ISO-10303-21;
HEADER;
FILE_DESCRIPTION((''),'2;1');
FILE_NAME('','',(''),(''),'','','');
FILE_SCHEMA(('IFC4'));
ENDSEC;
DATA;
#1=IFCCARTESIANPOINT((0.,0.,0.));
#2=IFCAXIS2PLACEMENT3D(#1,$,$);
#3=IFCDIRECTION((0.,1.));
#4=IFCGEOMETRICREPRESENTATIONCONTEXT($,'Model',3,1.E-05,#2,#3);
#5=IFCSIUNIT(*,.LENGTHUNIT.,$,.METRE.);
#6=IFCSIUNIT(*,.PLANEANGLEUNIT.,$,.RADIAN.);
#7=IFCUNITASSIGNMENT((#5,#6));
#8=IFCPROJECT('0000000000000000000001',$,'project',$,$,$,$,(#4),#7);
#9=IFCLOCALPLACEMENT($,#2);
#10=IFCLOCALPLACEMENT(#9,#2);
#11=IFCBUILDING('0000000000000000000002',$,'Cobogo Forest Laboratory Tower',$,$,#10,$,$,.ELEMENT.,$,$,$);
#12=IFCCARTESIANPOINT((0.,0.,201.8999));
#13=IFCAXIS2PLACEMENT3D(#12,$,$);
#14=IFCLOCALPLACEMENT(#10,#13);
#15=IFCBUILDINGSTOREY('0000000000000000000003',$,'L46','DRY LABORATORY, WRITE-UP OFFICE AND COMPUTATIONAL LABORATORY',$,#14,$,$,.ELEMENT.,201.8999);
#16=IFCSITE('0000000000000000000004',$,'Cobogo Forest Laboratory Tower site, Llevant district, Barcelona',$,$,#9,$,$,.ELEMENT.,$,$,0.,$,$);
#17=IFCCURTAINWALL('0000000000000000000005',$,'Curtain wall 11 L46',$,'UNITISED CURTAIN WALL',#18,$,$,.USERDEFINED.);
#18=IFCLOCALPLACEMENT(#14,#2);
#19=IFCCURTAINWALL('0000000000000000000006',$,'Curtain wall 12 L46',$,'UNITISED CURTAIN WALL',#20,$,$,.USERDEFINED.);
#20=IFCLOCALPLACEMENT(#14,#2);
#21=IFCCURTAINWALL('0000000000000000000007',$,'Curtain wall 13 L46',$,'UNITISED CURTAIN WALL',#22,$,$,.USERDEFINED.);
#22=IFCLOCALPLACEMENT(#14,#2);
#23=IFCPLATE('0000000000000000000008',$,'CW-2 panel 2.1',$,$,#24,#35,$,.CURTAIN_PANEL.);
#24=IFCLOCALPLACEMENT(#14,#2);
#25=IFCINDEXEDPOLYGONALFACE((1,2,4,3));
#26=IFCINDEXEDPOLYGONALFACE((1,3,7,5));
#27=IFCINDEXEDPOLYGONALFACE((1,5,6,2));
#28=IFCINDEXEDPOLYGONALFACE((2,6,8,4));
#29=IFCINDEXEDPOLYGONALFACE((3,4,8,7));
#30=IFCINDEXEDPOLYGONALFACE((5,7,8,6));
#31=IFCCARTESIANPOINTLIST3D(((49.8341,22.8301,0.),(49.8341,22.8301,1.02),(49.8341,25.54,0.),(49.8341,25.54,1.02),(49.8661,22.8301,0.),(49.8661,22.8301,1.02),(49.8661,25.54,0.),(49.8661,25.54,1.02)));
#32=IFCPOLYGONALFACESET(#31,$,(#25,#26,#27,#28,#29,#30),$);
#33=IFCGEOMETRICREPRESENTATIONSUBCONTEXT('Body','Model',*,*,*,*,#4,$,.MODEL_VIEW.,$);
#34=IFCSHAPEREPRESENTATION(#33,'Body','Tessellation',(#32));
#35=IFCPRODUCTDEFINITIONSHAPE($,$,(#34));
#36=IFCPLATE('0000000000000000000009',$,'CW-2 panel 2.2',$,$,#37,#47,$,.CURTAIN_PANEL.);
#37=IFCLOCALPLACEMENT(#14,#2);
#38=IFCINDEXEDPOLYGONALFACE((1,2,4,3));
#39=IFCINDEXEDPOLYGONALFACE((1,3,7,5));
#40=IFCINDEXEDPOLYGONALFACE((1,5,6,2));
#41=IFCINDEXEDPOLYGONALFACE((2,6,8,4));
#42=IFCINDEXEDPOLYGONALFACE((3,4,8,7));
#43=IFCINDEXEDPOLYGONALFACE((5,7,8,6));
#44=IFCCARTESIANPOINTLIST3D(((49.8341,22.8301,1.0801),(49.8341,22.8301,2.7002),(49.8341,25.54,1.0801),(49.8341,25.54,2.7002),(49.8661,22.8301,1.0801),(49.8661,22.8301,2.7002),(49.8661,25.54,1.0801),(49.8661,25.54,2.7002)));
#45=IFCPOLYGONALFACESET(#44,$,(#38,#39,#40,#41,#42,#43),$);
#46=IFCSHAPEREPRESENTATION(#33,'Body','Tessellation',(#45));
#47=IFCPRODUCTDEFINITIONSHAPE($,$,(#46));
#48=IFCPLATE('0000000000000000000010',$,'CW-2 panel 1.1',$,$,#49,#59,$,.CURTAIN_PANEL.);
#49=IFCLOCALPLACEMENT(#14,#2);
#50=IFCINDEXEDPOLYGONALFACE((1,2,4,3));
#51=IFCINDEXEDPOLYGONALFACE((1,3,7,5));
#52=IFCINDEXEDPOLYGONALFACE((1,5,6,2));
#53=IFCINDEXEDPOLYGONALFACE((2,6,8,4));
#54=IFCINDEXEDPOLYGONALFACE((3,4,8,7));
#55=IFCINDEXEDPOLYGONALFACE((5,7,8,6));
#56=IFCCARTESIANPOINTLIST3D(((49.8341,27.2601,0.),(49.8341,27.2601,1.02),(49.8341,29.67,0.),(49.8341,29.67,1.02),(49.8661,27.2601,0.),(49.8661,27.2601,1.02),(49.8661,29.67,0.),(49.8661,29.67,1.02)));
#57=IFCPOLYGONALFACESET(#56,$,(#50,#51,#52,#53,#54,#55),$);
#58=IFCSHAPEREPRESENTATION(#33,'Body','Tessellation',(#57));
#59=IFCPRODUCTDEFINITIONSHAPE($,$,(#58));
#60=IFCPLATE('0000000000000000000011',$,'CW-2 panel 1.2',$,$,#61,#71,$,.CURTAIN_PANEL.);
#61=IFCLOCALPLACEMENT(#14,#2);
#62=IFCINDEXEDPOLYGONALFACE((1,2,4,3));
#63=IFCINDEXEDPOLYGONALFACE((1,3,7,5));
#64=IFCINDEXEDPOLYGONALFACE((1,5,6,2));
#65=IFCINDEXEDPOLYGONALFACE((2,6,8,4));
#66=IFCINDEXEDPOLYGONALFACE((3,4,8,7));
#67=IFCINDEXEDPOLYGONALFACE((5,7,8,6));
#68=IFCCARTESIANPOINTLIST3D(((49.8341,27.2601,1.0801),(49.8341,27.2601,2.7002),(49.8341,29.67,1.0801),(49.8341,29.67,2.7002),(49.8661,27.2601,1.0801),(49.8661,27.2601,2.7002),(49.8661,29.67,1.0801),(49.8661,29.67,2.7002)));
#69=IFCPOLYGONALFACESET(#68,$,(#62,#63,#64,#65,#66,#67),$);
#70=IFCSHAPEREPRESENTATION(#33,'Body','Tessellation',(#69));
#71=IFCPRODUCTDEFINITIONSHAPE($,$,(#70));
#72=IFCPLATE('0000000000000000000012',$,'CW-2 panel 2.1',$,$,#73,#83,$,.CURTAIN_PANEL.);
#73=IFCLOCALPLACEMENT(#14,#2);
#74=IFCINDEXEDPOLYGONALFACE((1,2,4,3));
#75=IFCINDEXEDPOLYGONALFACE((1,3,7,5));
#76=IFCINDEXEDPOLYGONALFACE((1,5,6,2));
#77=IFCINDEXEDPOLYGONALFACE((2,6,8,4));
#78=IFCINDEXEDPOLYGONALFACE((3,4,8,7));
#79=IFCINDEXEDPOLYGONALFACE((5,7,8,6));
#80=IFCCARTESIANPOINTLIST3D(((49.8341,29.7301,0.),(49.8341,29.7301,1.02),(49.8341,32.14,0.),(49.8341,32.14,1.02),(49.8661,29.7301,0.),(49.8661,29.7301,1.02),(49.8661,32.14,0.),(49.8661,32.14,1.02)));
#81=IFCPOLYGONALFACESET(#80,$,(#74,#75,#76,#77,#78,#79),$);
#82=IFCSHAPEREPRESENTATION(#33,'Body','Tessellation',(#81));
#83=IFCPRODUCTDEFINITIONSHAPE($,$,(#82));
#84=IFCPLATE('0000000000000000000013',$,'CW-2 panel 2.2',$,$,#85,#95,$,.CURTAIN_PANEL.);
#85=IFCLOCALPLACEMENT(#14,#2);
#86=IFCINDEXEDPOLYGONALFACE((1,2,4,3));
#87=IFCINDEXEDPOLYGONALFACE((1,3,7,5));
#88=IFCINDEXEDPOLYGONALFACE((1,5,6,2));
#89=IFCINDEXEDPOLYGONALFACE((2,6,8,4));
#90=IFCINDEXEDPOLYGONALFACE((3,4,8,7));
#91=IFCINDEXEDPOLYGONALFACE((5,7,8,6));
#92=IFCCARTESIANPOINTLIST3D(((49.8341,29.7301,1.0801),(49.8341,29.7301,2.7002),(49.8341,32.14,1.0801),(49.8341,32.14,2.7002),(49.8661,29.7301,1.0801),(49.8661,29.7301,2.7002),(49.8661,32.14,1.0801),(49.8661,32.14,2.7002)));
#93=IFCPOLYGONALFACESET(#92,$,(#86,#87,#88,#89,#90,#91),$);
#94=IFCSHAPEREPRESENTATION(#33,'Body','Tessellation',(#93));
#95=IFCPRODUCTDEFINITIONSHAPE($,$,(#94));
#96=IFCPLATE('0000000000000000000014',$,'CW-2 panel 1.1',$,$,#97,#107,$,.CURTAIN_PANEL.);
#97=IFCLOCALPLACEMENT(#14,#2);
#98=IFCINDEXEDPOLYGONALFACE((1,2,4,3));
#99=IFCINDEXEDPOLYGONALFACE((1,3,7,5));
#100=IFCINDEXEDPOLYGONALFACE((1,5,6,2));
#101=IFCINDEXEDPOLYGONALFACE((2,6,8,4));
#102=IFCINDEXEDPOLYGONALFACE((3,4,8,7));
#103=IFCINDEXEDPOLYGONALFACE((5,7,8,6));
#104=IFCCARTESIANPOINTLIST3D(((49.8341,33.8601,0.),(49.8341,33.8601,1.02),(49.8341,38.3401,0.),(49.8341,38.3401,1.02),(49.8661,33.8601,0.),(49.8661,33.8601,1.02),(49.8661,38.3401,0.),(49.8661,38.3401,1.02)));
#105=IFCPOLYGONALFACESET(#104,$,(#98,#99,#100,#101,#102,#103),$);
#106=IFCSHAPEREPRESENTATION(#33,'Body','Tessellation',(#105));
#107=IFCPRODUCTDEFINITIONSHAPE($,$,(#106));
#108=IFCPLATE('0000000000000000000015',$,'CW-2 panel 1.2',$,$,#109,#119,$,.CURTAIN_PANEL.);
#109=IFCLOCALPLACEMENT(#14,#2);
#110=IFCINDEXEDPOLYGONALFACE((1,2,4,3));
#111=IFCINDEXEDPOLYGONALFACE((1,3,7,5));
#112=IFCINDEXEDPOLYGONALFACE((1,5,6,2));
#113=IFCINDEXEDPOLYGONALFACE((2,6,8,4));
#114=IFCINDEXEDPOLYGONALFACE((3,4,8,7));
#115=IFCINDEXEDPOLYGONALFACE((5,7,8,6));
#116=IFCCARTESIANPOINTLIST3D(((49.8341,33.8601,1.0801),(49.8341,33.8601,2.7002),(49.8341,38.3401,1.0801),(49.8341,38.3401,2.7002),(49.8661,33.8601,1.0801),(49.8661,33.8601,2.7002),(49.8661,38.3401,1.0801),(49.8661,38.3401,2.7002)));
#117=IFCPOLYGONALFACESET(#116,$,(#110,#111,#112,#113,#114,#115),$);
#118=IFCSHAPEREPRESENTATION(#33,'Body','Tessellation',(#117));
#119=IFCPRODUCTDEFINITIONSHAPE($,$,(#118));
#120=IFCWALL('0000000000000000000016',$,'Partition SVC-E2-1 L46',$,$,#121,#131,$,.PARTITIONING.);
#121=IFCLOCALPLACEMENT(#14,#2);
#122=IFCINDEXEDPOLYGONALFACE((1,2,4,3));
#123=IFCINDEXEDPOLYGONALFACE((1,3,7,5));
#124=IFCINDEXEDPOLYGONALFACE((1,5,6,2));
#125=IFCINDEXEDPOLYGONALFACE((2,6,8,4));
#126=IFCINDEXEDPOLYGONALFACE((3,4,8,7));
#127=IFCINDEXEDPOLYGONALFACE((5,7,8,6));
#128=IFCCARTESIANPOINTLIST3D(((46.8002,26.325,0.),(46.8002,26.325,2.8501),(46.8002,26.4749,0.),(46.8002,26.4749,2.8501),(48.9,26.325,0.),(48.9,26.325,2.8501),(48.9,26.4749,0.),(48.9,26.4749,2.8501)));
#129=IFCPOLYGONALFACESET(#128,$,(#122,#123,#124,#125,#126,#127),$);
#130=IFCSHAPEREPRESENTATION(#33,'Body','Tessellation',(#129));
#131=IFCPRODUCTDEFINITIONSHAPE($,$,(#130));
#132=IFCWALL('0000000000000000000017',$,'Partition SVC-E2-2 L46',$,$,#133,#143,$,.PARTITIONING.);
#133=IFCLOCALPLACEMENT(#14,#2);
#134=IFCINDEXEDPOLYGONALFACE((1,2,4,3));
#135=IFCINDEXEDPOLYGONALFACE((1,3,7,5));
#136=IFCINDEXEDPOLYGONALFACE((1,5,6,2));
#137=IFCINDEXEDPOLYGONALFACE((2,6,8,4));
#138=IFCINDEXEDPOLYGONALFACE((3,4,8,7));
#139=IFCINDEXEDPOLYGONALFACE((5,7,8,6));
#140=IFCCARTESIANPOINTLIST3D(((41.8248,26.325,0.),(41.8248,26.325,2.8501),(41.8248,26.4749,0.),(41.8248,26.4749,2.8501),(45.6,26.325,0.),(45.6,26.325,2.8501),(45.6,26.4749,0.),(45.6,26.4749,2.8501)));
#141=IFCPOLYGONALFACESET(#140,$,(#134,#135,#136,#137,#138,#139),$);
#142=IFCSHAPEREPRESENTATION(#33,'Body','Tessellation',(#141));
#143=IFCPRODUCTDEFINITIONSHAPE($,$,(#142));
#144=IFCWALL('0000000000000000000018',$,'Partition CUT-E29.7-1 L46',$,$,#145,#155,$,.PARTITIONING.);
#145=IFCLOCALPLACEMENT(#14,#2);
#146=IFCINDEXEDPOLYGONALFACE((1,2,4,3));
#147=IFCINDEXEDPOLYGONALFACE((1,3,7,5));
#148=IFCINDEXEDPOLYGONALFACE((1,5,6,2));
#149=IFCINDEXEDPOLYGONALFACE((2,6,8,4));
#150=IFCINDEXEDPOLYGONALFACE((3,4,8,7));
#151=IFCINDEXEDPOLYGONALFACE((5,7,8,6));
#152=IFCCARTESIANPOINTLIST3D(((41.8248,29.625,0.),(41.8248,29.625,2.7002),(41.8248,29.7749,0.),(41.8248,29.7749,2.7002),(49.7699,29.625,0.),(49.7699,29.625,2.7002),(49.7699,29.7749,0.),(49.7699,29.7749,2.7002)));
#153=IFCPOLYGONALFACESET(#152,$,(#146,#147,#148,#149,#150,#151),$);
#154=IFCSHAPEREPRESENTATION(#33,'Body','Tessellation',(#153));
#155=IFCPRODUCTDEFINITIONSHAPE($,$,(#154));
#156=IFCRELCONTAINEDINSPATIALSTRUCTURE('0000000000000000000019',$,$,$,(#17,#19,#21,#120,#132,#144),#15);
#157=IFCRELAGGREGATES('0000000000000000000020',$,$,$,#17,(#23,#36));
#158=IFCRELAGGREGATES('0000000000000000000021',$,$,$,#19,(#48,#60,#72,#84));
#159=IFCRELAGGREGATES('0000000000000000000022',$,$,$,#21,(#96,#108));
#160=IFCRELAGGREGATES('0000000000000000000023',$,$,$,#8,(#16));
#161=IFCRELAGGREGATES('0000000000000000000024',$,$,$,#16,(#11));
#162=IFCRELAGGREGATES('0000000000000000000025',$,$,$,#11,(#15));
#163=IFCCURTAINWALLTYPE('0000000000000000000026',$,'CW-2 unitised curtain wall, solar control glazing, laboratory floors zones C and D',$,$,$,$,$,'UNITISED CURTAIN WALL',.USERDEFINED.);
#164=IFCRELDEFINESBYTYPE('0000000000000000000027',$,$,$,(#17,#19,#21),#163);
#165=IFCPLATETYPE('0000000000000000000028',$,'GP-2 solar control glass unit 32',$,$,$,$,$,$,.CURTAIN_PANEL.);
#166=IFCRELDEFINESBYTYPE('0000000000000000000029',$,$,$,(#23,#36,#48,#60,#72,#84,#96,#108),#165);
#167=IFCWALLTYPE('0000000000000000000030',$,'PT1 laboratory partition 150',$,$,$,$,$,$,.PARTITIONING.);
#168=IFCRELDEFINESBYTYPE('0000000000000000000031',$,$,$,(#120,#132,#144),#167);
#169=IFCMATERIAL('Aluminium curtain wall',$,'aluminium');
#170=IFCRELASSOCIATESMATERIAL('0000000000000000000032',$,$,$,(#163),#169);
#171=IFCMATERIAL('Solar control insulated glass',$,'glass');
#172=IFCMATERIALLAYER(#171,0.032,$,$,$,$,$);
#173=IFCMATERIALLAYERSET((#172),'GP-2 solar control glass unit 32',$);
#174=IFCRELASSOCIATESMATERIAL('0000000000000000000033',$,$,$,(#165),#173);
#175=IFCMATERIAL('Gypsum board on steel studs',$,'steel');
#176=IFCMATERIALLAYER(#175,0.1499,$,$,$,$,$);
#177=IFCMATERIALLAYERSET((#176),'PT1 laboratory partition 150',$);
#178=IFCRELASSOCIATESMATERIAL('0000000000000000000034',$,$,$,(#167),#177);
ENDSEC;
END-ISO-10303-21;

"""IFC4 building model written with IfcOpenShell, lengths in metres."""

from ifc_helpers import new_model, si_unit, direction, frame, frame_2d, origin, origin_2d, place, context, subcontext, project, spatial, rectangle, extrude, material, layer, layer_set, type_object, element, aggregate, save


model = new_model("IFC4")

# Units and contexts
model_context = context("Model", 3, precision=1e-05, world=origin(), true_north=direction((0.0, 1.0)))
body_context = subcontext(model_context, "Body", "Model", "MODEL_VIEW")
ifc_project = project(units=[si_unit("LENGTHUNIT", "METRE"), si_unit("PLANEANGLEUNIT", "RADIAN")], contexts=[model_context])

# Site, building, storey
site_placement = place(None, origin())
site = spatial("IfcSite", under=ifc_project, at=site_placement, Name="Cobogo Forest Laboratory Tower site, Llevant district, Barcelona", CompositionType="ELEMENT", RefElevation=0.0)
building_placement = place(site_placement, origin())
building = spatial("IfcBuilding", under=site, at=building_placement, Name="Cobogo Forest Laboratory Tower", CompositionType="ELEMENT")
storey_placement = place(building_placement, frame((0.0, 0.0, 201.8999)))
storey = spatial("IfcBuildingStorey", under=building, at=storey_placement, Name="L46", Description="DRY LABORATORY, WRITE-UP OFFICE AND COMPUTATIONAL LABORATORY", CompositionType="ELEMENT", Elevation=201.8999)

# Curtain wall
ifc_material_1 = material(Name="Aluminium curtain wall", Category="aluminium")
curtain_wall_type = type_object("IfcCurtainWallType", Name="CW-2 unitised curtain wall, solar control glazing, laboratory floors zones C and D", ElementType="UNITISED CURTAIN WALL", PredefinedType="USERDEFINED", material=ifc_material_1)
curtain_wall_1_placement = place(storey_placement, origin())
curtain_wall_1 = element("IfcCurtainWall", 1, at=curtain_wall_1_placement, inside=storey, type_object=curtain_wall_type, Name="Curtain wall 11 L46", ObjectType="UNITISED CURTAIN WALL", PredefinedType="USERDEFINED")

# Curtain wall
curtain_wall_2_placement = place(storey_placement, origin())
curtain_wall_2 = element("IfcCurtainWall", 2, at=curtain_wall_2_placement, inside=storey, type_object=curtain_wall_type, Name="Curtain wall 12 L46", ObjectType="UNITISED CURTAIN WALL", PredefinedType="USERDEFINED")

# Curtain wall
curtain_wall_3_placement = place(storey_placement, origin())
curtain_wall_3 = element("IfcCurtainWall", 3, at=curtain_wall_3_placement, inside=storey, type_object=curtain_wall_type, Name="Curtain wall 13 L46", ObjectType="UNITISED CURTAIN WALL", PredefinedType="USERDEFINED")

# Plates
ifc_material_2 = material(Name="Solar control insulated glass", Category="glass")
ifc_layer_1 = layer(ifc_material_2, 0.032)
ifc_layer_set_1 = layer_set([ifc_layer_1], Name="GP-2 solar control glass unit 32")
plate_type_1 = type_object("IfcPlateType", Name="GP-2 solar control glass unit 32", PredefinedType="CURTAIN_PANEL", material=ifc_layer_set_1)
plate_1_placement = place(storey_placement, frame((49.8501, 24.1851, 0.0), z_axis=(0.0, 0.0, 1.0), x_axis=(0.0, 1.0, 0.0)))
plate_1 = element("IfcPlate", 4, at=plate_1_placement, type_object=plate_type_1, Name="CW-2 panel 2.1", PredefinedType="CURTAIN_PANEL", context=body_context, shape_type="SweptSolid", body=[
    extrude(rectangle(XDim=2.71, YDim=0.032, at=origin_2d()), origin(), (0.0, 0.0, 1.0), 1.02),
])
plate_2_placement = place(storey_placement, frame((49.8501, 24.1851, 1.0801), z_axis=(0.0, 0.0, 1.0), x_axis=(0.0, 1.0, 0.0)))
plate_2 = element("IfcPlate", 5, at=plate_2_placement, type_object=plate_type_1, Name="CW-2 panel 2.2", PredefinedType="CURTAIN_PANEL", context=body_context, shape_type="SweptSolid", body=[
    extrude(rectangle(XDim=2.71, YDim=0.032, at=origin_2d()), origin(), (0.0, 0.0, 1.0), 1.6201),
])
aggregate(curtain_wall_1, [plate_1, plate_2])
plate_3_placement = place(storey_placement, frame((49.8501, 28.4651, 0.0), z_axis=(0.0, 0.0, 1.0), x_axis=(0.0, 1.0, 0.0)))
plate_3 = element("IfcPlate", 6, at=plate_3_placement, type_object=plate_type_1, Name="CW-2 panel 1.1", PredefinedType="CURTAIN_PANEL", context=body_context, shape_type="SweptSolid", body=[
    extrude(rectangle(XDim=2.4099, YDim=0.032, at=origin_2d()), origin(), (0.0, 0.0, 1.0), 1.02),
])
plate_4_placement = place(storey_placement, frame((49.8501, 28.4651, 1.0801), z_axis=(0.0, 0.0, 1.0), x_axis=(0.0, 1.0, 0.0)))
plate_4 = element("IfcPlate", 7, at=plate_4_placement, type_object=plate_type_1, Name="CW-2 panel 1.2", PredefinedType="CURTAIN_PANEL", context=body_context, shape_type="SweptSolid", body=[
    extrude(rectangle(XDim=2.4099, YDim=0.032, at=origin_2d()), origin(), (0.0, 0.0, 1.0), 1.6201),
])
plate_5_placement = place(storey_placement, frame((49.8501, 30.9351, 0.0), z_axis=(0.0, 0.0, 1.0), x_axis=(0.0, 1.0, 0.0)))
plate_5 = element("IfcPlate", 8, at=plate_5_placement, type_object=plate_type_1, Name="CW-2 panel 2.1", PredefinedType="CURTAIN_PANEL", context=body_context, shape_type="SweptSolid", body=[
    extrude(rectangle(XDim=2.4099, YDim=0.032, at=origin_2d()), origin(), (0.0, 0.0, 1.0), 1.02),
])
plate_6_placement = place(storey_placement, frame((49.8501, 30.9351, 1.0801), z_axis=(0.0, 0.0, 1.0), x_axis=(0.0, 1.0, 0.0)))
plate_6 = element("IfcPlate", 9, at=plate_6_placement, type_object=plate_type_1, Name="CW-2 panel 2.2", PredefinedType="CURTAIN_PANEL", context=body_context, shape_type="SweptSolid", body=[
    extrude(rectangle(XDim=2.4099, YDim=0.032, at=origin_2d()), origin(), (0.0, 0.0, 1.0), 1.6201),
])
aggregate(curtain_wall_2, [plate_3, plate_4, plate_5, plate_6])
plate_7_placement = place(storey_placement, frame((49.8501, 36.1001, 0.0), z_axis=(0.0, 0.0, 1.0), x_axis=(0.0, 1.0, 0.0)))
plate_7 = element("IfcPlate", 10, at=plate_7_placement, type_object=plate_type_1, Name="CW-2 panel 1.1", PredefinedType="CURTAIN_PANEL", context=body_context, shape_type="SweptSolid", body=[
    extrude(rectangle(XDim=4.48, YDim=0.032, at=origin_2d()), origin(), (0.0, 0.0, 1.0), 1.02),
])
plate_8_placement = place(storey_placement, frame((49.8501, 36.1001, 1.0801), z_axis=(0.0, 0.0, 1.0), x_axis=(0.0, 1.0, 0.0)))
plate_8 = element("IfcPlate", 11, at=plate_8_placement, type_object=plate_type_1, Name="CW-2 panel 1.2", PredefinedType="CURTAIN_PANEL", context=body_context, shape_type="SweptSolid", body=[
    extrude(rectangle(XDim=4.48, YDim=0.032, at=origin_2d()), origin(), (0.0, 0.0, 1.0), 1.6201),
])
aggregate(curtain_wall_3, [plate_7, plate_8])

# Walls
ifc_material_3 = material(Name="Gypsum board on steel studs", Category="steel")
ifc_layer_2 = layer(ifc_material_3, 0.1499)
ifc_layer_set_2 = layer_set([ifc_layer_2], Name="PT1 laboratory partition 150")
wall_type = type_object("IfcWallType", Name="PT1 laboratory partition 150", PredefinedType="PARTITIONING", material=ifc_layer_set_2)
wall_1_placement = place(storey_placement, frame((48.8999, 26.3999, 0.0), z_axis=(0.0, 0.0, 1.0), x_axis=(-1.0, 0.0, 0.0)))
element("IfcWall", 12, at=wall_1_placement, inside=storey, type_object=wall_type, Name="Partition SVC-E2-1 L46", PredefinedType="PARTITIONING", context=body_context, shape_type="SweptSolid", body=[
    extrude(rectangle(XDim=2.0999, YDim=0.1499, at=frame_2d((1.0498, 0.0))), origin(), (0.0, 0.0, 1.0), 2.8501),
])
wall_2_placement = place(storey_placement, frame((45.6001, 26.3999, 0.0), z_axis=(0.0, 0.0, 1.0), x_axis=(-1.0, 0.0, 0.0)))
element("IfcWall", 13, at=wall_2_placement, inside=storey, type_object=wall_type, Name="Partition SVC-E2-2 L46", PredefinedType="PARTITIONING", context=body_context, shape_type="SweptSolid", body=[
    extrude(rectangle(XDim=3.7751, YDim=0.1499, at=frame_2d((1.8877, 0.0))), origin(), (0.0, 0.0, 1.0), 2.8501),
])
wall_3_placement = place(storey_placement, frame((49.77, 29.7, 0.0), z_axis=(0.0, 0.0, 1.0), x_axis=(-1.0, 0.0, 0.0)))
element("IfcWall", 14, at=wall_3_placement, inside=storey, type_object=wall_type, Name="Partition CUT-E29.7-1 L46", PredefinedType="PARTITIONING", context=body_context, shape_type="SweptSolid", body=[
    extrude(rectangle(XDim=7.9451, YDim=0.1499, at=frame_2d((3.9727, 0.0))), origin(), (0.0, 0.0, 1.0), 2.7002),
])

save(model, "model.ifc")
